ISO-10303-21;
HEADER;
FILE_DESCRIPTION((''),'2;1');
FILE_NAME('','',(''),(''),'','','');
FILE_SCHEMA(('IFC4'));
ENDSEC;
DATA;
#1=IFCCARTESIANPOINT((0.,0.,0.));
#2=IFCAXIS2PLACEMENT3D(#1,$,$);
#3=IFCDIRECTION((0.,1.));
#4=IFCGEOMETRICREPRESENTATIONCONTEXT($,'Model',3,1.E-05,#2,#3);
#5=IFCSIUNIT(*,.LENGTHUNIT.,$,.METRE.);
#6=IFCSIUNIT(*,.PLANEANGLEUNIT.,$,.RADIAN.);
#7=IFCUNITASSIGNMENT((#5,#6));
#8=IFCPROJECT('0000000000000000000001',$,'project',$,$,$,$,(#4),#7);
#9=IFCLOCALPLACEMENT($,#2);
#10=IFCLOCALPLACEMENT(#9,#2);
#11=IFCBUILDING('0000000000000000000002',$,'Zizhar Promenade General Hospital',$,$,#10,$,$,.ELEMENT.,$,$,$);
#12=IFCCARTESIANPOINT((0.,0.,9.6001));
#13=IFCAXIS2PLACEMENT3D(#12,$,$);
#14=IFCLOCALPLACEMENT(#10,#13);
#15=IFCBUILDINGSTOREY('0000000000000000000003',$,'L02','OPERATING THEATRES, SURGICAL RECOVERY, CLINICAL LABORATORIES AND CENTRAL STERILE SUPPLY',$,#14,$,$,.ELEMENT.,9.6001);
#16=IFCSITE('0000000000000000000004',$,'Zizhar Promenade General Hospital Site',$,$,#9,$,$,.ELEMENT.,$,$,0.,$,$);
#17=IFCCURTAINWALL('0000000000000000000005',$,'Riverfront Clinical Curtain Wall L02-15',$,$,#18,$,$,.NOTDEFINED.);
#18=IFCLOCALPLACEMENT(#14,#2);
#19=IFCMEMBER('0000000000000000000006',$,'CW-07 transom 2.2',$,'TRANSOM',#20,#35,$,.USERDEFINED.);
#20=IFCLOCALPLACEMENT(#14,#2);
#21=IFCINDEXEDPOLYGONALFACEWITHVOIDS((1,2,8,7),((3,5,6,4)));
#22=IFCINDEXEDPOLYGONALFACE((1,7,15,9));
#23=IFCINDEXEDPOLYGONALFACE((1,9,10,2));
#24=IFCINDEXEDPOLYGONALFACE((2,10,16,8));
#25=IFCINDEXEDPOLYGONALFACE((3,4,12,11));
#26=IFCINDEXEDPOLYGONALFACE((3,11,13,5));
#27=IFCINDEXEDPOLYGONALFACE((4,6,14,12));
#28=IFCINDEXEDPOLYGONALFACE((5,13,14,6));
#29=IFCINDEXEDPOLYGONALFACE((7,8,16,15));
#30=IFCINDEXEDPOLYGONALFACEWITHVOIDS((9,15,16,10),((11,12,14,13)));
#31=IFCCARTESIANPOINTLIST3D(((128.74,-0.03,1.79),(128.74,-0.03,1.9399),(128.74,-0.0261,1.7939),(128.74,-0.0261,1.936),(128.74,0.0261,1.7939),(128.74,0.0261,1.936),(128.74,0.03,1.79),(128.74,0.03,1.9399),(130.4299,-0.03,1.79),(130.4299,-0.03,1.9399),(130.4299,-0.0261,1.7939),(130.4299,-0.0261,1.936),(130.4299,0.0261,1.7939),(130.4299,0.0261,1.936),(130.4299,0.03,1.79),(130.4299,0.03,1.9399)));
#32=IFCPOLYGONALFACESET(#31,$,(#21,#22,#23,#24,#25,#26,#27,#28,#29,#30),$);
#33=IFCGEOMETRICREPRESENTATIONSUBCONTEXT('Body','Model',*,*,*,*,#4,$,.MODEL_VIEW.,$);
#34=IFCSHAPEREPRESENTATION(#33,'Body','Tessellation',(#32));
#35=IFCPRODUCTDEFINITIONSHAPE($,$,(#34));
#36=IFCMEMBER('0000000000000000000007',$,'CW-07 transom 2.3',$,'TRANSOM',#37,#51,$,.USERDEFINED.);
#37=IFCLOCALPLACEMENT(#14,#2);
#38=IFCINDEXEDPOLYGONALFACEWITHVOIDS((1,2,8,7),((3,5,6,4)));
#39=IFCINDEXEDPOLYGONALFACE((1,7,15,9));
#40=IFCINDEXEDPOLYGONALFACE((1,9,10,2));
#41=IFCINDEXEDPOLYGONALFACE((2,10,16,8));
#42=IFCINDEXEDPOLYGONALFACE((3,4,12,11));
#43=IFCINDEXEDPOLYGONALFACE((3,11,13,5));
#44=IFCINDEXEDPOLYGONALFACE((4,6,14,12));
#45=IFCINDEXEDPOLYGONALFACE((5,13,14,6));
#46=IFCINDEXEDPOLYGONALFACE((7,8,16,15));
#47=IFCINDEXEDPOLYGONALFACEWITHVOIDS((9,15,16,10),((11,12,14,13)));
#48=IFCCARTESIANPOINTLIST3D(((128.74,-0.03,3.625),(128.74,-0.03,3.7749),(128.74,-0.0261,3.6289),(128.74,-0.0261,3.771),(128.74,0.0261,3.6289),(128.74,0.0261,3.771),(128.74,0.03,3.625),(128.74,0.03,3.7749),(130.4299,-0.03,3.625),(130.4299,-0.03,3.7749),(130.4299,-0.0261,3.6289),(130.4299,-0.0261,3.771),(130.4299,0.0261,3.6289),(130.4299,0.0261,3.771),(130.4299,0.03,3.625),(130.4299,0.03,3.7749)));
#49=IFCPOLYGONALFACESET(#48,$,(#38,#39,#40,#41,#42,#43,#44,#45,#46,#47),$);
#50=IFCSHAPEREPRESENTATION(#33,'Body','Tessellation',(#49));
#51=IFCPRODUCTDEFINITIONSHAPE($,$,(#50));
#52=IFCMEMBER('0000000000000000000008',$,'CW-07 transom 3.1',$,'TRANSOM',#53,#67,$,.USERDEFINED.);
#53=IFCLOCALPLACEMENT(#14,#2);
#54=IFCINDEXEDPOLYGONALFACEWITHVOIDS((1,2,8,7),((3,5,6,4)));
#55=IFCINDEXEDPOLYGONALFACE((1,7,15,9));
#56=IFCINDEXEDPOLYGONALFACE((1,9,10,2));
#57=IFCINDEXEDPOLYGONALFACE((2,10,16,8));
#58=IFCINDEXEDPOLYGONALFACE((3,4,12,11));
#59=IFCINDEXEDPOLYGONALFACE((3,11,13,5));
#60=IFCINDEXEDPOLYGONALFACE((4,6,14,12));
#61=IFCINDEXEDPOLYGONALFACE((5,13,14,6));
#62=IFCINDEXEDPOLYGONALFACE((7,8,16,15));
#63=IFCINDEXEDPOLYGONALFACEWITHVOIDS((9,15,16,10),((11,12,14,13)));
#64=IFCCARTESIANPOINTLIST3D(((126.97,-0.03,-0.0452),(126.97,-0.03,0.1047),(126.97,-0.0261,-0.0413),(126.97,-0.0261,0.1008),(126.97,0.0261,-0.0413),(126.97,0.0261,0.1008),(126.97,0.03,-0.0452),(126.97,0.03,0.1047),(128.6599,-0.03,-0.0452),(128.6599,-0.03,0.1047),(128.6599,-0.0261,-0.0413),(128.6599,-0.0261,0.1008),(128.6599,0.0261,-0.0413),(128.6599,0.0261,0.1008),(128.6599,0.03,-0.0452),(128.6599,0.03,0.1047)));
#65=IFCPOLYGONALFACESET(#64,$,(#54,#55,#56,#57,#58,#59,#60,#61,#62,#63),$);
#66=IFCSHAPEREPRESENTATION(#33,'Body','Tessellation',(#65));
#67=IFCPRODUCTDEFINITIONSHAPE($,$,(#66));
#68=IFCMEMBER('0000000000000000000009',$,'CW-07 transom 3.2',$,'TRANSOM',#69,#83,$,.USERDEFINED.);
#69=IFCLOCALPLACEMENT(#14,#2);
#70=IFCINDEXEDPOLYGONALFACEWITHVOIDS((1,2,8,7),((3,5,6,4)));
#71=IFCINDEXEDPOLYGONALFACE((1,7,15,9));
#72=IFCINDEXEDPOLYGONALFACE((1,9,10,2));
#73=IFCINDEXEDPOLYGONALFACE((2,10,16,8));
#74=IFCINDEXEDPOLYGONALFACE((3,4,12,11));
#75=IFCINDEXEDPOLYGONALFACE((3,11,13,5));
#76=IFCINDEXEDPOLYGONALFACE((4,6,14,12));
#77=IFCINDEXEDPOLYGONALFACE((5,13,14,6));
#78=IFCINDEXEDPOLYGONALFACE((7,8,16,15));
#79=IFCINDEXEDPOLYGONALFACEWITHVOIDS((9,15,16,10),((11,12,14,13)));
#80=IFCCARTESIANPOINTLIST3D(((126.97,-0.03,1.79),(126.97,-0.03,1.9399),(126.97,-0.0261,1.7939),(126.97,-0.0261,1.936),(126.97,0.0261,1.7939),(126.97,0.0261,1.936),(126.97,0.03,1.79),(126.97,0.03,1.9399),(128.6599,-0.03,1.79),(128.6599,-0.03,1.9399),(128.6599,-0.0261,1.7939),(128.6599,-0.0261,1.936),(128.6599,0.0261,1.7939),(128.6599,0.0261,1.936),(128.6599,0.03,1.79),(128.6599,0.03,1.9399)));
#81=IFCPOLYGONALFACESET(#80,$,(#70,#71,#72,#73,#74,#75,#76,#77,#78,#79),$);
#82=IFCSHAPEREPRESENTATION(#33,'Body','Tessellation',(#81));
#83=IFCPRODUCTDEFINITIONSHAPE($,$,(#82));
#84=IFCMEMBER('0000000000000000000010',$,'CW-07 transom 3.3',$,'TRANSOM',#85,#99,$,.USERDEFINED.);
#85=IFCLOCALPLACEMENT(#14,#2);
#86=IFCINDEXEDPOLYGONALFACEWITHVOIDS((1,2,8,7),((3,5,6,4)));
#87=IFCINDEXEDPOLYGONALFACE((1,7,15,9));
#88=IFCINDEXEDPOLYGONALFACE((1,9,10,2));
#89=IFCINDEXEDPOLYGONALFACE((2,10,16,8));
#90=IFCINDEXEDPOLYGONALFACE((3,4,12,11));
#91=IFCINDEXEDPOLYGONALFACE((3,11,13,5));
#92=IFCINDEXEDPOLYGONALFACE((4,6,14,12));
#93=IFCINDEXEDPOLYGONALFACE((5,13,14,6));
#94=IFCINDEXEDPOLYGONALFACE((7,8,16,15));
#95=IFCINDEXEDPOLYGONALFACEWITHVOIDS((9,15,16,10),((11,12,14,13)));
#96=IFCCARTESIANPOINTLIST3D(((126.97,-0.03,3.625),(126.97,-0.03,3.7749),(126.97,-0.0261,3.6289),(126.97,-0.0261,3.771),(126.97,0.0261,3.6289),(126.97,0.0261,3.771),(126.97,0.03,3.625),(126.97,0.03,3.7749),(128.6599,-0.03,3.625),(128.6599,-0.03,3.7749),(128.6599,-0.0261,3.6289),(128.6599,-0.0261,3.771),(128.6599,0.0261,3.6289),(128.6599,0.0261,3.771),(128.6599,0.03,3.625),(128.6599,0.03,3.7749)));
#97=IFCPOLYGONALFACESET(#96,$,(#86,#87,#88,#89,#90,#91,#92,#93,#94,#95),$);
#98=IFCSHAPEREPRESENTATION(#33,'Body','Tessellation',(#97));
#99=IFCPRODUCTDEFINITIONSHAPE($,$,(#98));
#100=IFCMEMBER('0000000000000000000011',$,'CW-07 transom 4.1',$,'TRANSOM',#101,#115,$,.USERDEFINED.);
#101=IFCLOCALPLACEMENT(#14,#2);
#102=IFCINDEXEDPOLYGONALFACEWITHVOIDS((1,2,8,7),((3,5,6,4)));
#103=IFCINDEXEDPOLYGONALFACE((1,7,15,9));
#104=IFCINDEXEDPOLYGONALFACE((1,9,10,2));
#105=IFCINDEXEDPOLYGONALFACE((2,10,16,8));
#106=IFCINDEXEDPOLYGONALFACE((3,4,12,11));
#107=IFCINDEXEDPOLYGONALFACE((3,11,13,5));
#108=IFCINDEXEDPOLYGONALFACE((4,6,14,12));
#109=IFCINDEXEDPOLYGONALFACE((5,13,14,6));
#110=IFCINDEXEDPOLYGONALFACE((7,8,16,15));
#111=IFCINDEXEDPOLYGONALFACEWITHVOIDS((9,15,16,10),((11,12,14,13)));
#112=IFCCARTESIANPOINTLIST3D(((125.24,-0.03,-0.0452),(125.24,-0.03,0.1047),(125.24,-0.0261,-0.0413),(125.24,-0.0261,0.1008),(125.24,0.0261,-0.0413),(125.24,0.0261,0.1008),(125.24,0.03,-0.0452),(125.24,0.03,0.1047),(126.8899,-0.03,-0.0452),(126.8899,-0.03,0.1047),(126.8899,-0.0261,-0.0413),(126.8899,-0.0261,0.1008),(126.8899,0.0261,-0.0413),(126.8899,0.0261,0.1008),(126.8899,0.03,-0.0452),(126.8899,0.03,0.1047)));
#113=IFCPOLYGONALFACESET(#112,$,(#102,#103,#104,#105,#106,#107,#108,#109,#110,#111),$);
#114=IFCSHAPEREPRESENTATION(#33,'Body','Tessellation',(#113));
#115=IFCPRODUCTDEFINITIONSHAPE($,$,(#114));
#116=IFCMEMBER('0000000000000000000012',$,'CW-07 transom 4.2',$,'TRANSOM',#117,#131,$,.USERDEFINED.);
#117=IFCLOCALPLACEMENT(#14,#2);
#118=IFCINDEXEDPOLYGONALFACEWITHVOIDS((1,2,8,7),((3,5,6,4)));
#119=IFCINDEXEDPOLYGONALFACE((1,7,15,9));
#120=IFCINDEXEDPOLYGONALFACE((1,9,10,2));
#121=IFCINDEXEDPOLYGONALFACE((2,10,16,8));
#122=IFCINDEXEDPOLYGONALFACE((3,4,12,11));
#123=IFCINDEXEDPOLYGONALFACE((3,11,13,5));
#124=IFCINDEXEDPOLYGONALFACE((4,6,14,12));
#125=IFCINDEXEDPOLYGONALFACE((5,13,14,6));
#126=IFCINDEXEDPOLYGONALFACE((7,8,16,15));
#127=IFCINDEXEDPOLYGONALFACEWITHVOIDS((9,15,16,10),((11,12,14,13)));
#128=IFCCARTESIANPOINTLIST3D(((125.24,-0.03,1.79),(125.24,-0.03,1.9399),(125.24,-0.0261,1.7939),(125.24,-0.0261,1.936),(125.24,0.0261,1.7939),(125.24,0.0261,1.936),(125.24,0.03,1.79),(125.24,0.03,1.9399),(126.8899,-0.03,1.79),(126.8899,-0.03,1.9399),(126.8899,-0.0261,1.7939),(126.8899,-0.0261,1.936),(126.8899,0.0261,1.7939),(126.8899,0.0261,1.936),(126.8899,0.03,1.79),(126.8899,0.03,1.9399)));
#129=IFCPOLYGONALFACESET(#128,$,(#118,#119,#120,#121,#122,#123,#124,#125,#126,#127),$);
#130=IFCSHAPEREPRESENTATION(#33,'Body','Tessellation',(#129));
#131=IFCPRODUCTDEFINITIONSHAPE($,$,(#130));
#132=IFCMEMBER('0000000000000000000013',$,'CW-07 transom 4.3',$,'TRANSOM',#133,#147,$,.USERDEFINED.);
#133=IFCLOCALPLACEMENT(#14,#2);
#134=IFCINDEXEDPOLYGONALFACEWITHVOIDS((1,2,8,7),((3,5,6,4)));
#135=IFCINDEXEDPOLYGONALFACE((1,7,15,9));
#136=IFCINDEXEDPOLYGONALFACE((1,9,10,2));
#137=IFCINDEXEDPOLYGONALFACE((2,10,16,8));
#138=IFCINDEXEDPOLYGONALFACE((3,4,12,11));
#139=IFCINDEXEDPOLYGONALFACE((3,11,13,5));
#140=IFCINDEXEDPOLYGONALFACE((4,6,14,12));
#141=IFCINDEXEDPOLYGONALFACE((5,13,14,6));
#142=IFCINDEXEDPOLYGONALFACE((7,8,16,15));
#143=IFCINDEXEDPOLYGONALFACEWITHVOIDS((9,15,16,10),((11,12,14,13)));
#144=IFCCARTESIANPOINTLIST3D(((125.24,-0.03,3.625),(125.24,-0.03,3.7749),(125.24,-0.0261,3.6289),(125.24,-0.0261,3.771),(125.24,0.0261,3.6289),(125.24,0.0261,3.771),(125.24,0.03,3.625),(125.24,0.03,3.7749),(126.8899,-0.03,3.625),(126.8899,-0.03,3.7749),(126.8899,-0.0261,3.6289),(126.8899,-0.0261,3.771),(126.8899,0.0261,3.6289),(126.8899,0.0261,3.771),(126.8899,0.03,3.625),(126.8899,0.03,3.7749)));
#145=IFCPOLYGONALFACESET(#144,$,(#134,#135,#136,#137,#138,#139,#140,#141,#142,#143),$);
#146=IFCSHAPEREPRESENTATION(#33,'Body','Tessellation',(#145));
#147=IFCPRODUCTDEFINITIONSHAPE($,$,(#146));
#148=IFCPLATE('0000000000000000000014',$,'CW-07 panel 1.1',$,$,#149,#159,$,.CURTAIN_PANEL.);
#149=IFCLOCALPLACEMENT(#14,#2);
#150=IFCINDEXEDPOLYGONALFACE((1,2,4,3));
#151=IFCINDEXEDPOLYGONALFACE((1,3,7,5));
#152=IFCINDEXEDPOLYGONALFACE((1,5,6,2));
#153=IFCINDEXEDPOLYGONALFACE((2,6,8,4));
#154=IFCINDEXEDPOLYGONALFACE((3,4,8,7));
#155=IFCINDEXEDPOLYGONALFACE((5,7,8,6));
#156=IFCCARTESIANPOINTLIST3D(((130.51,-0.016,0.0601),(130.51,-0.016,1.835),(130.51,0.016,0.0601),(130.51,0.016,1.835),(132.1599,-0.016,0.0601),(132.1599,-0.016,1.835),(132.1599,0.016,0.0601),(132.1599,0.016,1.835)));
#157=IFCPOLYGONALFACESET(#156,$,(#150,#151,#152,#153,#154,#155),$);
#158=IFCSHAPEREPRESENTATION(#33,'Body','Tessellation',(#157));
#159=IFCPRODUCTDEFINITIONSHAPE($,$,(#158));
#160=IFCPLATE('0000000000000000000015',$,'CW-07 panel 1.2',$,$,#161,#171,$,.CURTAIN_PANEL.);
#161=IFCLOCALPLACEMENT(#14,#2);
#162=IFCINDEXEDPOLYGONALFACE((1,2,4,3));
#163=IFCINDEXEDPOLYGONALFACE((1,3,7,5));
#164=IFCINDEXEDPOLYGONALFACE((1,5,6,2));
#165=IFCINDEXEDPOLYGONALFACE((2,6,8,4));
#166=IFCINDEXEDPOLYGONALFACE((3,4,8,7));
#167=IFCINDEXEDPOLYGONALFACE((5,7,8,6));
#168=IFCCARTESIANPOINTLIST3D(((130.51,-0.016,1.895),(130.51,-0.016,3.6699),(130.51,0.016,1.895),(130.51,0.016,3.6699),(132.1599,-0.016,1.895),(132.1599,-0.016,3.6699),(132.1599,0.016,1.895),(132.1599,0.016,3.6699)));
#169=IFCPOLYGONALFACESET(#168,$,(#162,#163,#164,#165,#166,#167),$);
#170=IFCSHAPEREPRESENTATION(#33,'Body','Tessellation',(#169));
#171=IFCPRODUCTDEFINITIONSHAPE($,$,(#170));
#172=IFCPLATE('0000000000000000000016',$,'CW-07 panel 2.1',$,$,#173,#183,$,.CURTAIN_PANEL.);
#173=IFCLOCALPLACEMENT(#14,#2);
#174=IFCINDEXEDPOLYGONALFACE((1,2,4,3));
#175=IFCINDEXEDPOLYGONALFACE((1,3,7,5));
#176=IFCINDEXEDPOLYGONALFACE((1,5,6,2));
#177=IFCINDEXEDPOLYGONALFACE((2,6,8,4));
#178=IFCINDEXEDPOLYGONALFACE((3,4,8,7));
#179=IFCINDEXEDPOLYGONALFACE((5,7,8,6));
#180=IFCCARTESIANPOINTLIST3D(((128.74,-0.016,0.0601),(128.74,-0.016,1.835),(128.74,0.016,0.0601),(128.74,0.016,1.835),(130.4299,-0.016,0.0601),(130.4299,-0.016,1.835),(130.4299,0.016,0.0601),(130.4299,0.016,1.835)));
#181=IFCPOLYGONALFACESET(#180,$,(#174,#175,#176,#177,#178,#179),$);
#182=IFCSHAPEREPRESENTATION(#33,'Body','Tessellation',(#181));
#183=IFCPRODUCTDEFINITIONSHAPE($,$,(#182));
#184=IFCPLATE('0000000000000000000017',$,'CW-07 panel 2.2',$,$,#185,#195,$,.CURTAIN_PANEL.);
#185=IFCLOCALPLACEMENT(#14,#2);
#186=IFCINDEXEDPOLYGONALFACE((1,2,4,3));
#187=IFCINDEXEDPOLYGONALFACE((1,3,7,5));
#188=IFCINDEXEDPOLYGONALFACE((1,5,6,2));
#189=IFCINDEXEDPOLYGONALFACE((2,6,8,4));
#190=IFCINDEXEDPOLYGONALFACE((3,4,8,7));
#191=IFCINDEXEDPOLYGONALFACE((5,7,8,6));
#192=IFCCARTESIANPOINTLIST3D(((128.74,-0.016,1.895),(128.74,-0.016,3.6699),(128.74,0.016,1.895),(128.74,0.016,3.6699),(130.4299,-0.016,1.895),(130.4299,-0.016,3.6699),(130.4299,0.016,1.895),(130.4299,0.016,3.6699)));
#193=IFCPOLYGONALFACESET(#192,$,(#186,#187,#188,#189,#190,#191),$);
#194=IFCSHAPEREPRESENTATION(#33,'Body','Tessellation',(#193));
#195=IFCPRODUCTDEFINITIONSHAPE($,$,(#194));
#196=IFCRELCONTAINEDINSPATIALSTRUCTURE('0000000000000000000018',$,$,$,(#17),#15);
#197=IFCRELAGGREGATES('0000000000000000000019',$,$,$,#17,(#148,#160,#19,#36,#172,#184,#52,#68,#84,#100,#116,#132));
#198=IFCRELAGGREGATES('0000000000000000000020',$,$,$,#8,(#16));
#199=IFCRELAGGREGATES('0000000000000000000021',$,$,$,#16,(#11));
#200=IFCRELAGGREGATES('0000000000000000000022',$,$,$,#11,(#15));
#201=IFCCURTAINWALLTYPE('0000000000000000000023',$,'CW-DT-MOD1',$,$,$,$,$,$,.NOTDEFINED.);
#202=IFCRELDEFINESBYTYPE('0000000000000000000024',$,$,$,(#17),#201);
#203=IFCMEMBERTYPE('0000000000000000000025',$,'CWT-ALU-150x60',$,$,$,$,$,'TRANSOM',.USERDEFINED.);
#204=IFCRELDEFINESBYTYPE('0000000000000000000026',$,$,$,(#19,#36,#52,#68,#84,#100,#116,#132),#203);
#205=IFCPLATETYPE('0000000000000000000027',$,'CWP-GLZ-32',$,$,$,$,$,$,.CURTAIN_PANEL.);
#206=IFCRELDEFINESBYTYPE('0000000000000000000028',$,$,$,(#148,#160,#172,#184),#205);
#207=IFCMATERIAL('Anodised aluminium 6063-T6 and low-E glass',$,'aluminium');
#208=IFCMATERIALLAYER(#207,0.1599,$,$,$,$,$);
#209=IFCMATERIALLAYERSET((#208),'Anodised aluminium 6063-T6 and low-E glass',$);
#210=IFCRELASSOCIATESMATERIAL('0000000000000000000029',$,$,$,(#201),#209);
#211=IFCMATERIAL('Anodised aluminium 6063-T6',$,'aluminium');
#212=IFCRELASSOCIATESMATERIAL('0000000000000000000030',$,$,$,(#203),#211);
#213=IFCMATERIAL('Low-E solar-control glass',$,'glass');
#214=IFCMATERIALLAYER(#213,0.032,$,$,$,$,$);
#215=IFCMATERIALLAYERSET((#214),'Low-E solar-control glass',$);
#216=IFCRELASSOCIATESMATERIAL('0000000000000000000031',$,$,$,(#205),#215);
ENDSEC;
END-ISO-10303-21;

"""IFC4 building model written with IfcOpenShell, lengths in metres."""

from ifc_helpers import new_model, si_unit, direction, frame, origin, origin_2d, place, context, subcontext, project, spatial, rectangle, hollow_rectangle, extrude, material, layer, layer_set, material_profile, profile_set, type_object, element, aggregate, save


model = new_model("IFC4")

# Units and contexts
model_context = context("Model", 3, precision=1e-05, world=origin(), true_north=direction((0.0, 1.0)))
body_context = subcontext(model_context, "Body", "Model", "MODEL_VIEW")
ifc_project = project(units=[si_unit("LENGTHUNIT", "METRE"), si_unit("PLANEANGLEUNIT", "RADIAN")], contexts=[model_context])

# Site, building, storey
site_placement = place(None, origin())
site = spatial("IfcSite", under=ifc_project, at=site_placement, Name="Zizhar Promenade General Hospital Site", CompositionType="ELEMENT", RefElevation=0.0)
building_placement = place(site_placement, origin())
building = spatial("IfcBuilding", under=site, at=building_placement, Name="Zizhar Promenade General Hospital", CompositionType="ELEMENT")
storey_placement = place(building_placement, frame((0.0, 0.0, 9.6001)))
storey = spatial("IfcBuildingStorey", under=building, at=storey_placement, Name="L02", Description="OPERATING THEATRES, SURGICAL RECOVERY, CLINICAL LABORATORIES AND CENTRAL STERILE SUPPLY", CompositionType="ELEMENT", Elevation=9.6001)

# Curtain wall, members, plates
ifc_material_1 = material(Name="Anodised aluminium 6063-T6 and low-E glass", Category="aluminium")
ifc_layer_1 = layer(ifc_material_1, 0.1599)
ifc_layer_set_1 = layer_set([ifc_layer_1], Name="Anodised aluminium 6063-T6 and low-E glass")
curtain_wall_type = type_object("IfcCurtainWallType", Name="CW-DT-MOD1", PredefinedType="NOTDEFINED", material=ifc_layer_set_1)
curtain_wall_placement = place(storey_placement, origin())
curtain_wall = element("IfcCurtainWall", 1, at=curtain_wall_placement, inside=storey, type_object=curtain_wall_type, Name="Riverfront Clinical Curtain Wall L02-15", PredefinedType="NOTDEFINED")
ifc_material_2 = material(Name="Anodised aluminium 6063-T6", Category="aluminium")
ifc_material_profile_1 = material_profile(ifc_material_2, hollow_rectangle(XDim=0.0601, YDim=0.1499, WallThickness=0.0039, at=origin_2d()))
ifc_profile_set_1 = profile_set([ifc_material_profile_1], Name="Anodised aluminium 6063-T6")
member_type_1 = type_object("IfcMemberType", Name="CWT-ALU-150x60", ElementType="TRANSOM", PredefinedType="USERDEFINED", material=ifc_profile_set_1)
member_1_placement = place(storey_placement, frame((130.4299, 0.0, 1.865), z_axis=(-1.0, 0.0, 0.0), x_axis=(0.0, -1.0, 0.0)))
member_1 = element("IfcMember", 2, at=member_1_placement, type_object=member_type_1, Name="CW-07 transom 2.2", ObjectType="TRANSOM", PredefinedType="USERDEFINED", context=body_context, shape_type="SweptSolid", body=[
    extrude(hollow_rectangle(XDim=0.0601, YDim=0.1499, WallThickness=0.0039, at=origin_2d()), origin(), (0.0, 0.0, 1.0), 1.6899),
])
member_2_placement = place(storey_placement, frame((130.4299, 0.0, 3.7), z_axis=(-1.0, 0.0, 0.0), x_axis=(0.0, -1.0, 0.0)))
member_2 = element("IfcMember", 3, at=member_2_placement, type_object=member_type_1, Name="CW-07 transom 2.3", ObjectType="TRANSOM", PredefinedType="USERDEFINED", context=body_context, shape_type="SweptSolid", body=[
    extrude(hollow_rectangle(XDim=0.0601, YDim=0.1499, WallThickness=0.0039, at=origin_2d()), origin(), (0.0, 0.0, 1.0), 1.6899),
])
member_3_placement = place(storey_placement, frame((128.6599, 0.0, 0.0298), z_axis=(-1.0, 0.0, 0.0), x_axis=(0.0, -1.0, 0.0)))
member_3 = element("IfcMember", 4, at=member_3_placement, type_object=member_type_1, Name="CW-07 transom 3.1", ObjectType="TRANSOM", PredefinedType="USERDEFINED", context=body_context, shape_type="SweptSolid", body=[
    extrude(hollow_rectangle(XDim=0.0601, YDim=0.1499, WallThickness=0.0039, at=origin_2d()), origin(), (0.0, 0.0, 1.0), 1.6899),
])
member_4_placement = place(storey_placement, frame((128.6599, 0.0, 1.865), z_axis=(-1.0, 0.0, 0.0), x_axis=(0.0, -1.0, 0.0)))
member_4 = element("IfcMember", 5, at=member_4_placement, type_object=member_type_1, Name="CW-07 transom 3.2", ObjectType="TRANSOM", PredefinedType="USERDEFINED", context=body_context, shape_type="SweptSolid", body=[
    extrude(hollow_rectangle(XDim=0.0601, YDim=0.1499, WallThickness=0.0039, at=origin_2d()), origin(), (0.0, 0.0, 1.0), 1.6899),
])
member_5_placement = place(storey_placement, frame((128.6599, 0.0, 3.7), z_axis=(-1.0, 0.0, 0.0), x_axis=(0.0, -1.0, 0.0)))
member_5 = element("IfcMember", 6, at=member_5_placement, type_object=member_type_1, Name="CW-07 transom 3.3", ObjectType="TRANSOM", PredefinedType="USERDEFINED", context=body_context, shape_type="SweptSolid", body=[
    extrude(hollow_rectangle(XDim=0.0601, YDim=0.1499, WallThickness=0.0039, at=origin_2d()), origin(), (0.0, 0.0, 1.0), 1.6899),
])
member_6_placement = place(storey_placement, frame((126.8899, 0.0, 0.0298), z_axis=(-1.0, 0.0, 0.0), x_axis=(0.0, -1.0, 0.0)))
member_6 = element("IfcMember", 7, at=member_6_placement, type_object=member_type_1, Name="CW-07 transom 4.1", ObjectType="TRANSOM", PredefinedType="USERDEFINED", context=body_context, shape_type="SweptSolid", body=[
    extrude(hollow_rectangle(XDim=0.0601, YDim=0.1499, WallThickness=0.0039, at=origin_2d()), origin(), (0.0, 0.0, 1.0), 1.6499),
])
member_7_placement = place(storey_placement, frame((126.8899, 0.0, 1.865), z_axis=(-1.0, 0.0, 0.0), x_axis=(0.0, -1.0, 0.0)))
member_7 = element("IfcMember", 8, at=member_7_placement, type_object=member_type_1, Name="CW-07 transom 4.2", ObjectType="TRANSOM", PredefinedType="USERDEFINED", context=body_context, shape_type="SweptSolid", body=[
    extrude(hollow_rectangle(XDim=0.0601, YDim=0.1499, WallThickness=0.0039, at=origin_2d()), origin(), (0.0, 0.0, 1.0), 1.6499),
])
member_8_placement = place(storey_placement, frame((126.8899, 0.0, 3.7), z_axis=(-1.0, 0.0, 0.0), x_axis=(0.0, -1.0, 0.0)))
member_8 = element("IfcMember", 9, at=member_8_placement, type_object=member_type_1, Name="CW-07 transom 4.3", ObjectType="TRANSOM", PredefinedType="USERDEFINED", context=body_context, shape_type="SweptSolid", body=[
    extrude(hollow_rectangle(XDim=0.0601, YDim=0.1499, WallThickness=0.0039, at=origin_2d()), origin(), (0.0, 0.0, 1.0), 1.6499),
])
ifc_material_3 = material(Name="Low-E solar-control glass", Category="glass")
ifc_layer_2 = layer(ifc_material_3, 0.032)
ifc_layer_set_2 = layer_set([ifc_layer_2], Name="Low-E solar-control glass")
plate_type = type_object("IfcPlateType", Name="CWP-GLZ-32", PredefinedType="CURTAIN_PANEL", material=ifc_layer_set_2)
plate_1_placement = place(storey_placement, frame((131.335, 0.0, 0.0601), z_axis=(0.0, 0.0, 1.0), x_axis=(-1.0, 0.0, 0.0)))
plate_1 = element("IfcPlate", 10, at=plate_1_placement, type_object=plate_type, Name="CW-07 panel 1.1", PredefinedType="CURTAIN_PANEL", context=body_context, shape_type="SweptSolid", body=[
    extrude(rectangle(XDim=1.6499, YDim=0.032, at=origin_2d()), origin(), (0.0, 0.0, 1.0), 1.7749),
])
plate_2_placement = place(storey_placement, frame((131.335, 0.0, 1.895), z_axis=(0.0, 0.0, 1.0), x_axis=(-1.0, 0.0, 0.0)))
plate_2 = element("IfcPlate", 11, at=plate_2_placement, type_object=plate_type, Name="CW-07 panel 1.2", PredefinedType="CURTAIN_PANEL", context=body_context, shape_type="SweptSolid", body=[
    extrude(rectangle(XDim=1.6499, YDim=0.032, at=origin_2d()), origin(), (0.0, 0.0, 1.0), 1.7749),
])
plate_3_placement = place(storey_placement, frame((129.585, 0.0, 0.0601), z_axis=(0.0, 0.0, 1.0), x_axis=(-1.0, 0.0, 0.0)))
plate_3 = element("IfcPlate", 12, at=plate_3_placement, type_object=plate_type, Name="CW-07 panel 2.1", PredefinedType="CURTAIN_PANEL", context=body_context, shape_type="SweptSolid", body=[
    extrude(rectangle(XDim=1.6899, YDim=0.032, at=origin_2d()), origin(), (0.0, 0.0, 1.0), 1.7749),
])
plate_4_placement = place(storey_placement, frame((129.585, 0.0, 1.895), z_axis=(0.0, 0.0, 1.0), x_axis=(-1.0, 0.0, 0.0)))
plate_4 = element("IfcPlate", 13, at=plate_4_placement, type_object=plate_type, Name="CW-07 panel 2.2", PredefinedType="CURTAIN_PANEL", context=body_context, shape_type="SweptSolid", body=[
    extrude(rectangle(XDim=1.6899, YDim=0.032, at=origin_2d()), origin(), (0.0, 0.0, 1.0), 1.7749),
])
aggregate(curtain_wall, [plate_1, plate_2, member_1, member_2, plate_3, plate_4, member_3, member_4, member_5, member_6, member_7, member_8])

save(model, "model.ifc")
